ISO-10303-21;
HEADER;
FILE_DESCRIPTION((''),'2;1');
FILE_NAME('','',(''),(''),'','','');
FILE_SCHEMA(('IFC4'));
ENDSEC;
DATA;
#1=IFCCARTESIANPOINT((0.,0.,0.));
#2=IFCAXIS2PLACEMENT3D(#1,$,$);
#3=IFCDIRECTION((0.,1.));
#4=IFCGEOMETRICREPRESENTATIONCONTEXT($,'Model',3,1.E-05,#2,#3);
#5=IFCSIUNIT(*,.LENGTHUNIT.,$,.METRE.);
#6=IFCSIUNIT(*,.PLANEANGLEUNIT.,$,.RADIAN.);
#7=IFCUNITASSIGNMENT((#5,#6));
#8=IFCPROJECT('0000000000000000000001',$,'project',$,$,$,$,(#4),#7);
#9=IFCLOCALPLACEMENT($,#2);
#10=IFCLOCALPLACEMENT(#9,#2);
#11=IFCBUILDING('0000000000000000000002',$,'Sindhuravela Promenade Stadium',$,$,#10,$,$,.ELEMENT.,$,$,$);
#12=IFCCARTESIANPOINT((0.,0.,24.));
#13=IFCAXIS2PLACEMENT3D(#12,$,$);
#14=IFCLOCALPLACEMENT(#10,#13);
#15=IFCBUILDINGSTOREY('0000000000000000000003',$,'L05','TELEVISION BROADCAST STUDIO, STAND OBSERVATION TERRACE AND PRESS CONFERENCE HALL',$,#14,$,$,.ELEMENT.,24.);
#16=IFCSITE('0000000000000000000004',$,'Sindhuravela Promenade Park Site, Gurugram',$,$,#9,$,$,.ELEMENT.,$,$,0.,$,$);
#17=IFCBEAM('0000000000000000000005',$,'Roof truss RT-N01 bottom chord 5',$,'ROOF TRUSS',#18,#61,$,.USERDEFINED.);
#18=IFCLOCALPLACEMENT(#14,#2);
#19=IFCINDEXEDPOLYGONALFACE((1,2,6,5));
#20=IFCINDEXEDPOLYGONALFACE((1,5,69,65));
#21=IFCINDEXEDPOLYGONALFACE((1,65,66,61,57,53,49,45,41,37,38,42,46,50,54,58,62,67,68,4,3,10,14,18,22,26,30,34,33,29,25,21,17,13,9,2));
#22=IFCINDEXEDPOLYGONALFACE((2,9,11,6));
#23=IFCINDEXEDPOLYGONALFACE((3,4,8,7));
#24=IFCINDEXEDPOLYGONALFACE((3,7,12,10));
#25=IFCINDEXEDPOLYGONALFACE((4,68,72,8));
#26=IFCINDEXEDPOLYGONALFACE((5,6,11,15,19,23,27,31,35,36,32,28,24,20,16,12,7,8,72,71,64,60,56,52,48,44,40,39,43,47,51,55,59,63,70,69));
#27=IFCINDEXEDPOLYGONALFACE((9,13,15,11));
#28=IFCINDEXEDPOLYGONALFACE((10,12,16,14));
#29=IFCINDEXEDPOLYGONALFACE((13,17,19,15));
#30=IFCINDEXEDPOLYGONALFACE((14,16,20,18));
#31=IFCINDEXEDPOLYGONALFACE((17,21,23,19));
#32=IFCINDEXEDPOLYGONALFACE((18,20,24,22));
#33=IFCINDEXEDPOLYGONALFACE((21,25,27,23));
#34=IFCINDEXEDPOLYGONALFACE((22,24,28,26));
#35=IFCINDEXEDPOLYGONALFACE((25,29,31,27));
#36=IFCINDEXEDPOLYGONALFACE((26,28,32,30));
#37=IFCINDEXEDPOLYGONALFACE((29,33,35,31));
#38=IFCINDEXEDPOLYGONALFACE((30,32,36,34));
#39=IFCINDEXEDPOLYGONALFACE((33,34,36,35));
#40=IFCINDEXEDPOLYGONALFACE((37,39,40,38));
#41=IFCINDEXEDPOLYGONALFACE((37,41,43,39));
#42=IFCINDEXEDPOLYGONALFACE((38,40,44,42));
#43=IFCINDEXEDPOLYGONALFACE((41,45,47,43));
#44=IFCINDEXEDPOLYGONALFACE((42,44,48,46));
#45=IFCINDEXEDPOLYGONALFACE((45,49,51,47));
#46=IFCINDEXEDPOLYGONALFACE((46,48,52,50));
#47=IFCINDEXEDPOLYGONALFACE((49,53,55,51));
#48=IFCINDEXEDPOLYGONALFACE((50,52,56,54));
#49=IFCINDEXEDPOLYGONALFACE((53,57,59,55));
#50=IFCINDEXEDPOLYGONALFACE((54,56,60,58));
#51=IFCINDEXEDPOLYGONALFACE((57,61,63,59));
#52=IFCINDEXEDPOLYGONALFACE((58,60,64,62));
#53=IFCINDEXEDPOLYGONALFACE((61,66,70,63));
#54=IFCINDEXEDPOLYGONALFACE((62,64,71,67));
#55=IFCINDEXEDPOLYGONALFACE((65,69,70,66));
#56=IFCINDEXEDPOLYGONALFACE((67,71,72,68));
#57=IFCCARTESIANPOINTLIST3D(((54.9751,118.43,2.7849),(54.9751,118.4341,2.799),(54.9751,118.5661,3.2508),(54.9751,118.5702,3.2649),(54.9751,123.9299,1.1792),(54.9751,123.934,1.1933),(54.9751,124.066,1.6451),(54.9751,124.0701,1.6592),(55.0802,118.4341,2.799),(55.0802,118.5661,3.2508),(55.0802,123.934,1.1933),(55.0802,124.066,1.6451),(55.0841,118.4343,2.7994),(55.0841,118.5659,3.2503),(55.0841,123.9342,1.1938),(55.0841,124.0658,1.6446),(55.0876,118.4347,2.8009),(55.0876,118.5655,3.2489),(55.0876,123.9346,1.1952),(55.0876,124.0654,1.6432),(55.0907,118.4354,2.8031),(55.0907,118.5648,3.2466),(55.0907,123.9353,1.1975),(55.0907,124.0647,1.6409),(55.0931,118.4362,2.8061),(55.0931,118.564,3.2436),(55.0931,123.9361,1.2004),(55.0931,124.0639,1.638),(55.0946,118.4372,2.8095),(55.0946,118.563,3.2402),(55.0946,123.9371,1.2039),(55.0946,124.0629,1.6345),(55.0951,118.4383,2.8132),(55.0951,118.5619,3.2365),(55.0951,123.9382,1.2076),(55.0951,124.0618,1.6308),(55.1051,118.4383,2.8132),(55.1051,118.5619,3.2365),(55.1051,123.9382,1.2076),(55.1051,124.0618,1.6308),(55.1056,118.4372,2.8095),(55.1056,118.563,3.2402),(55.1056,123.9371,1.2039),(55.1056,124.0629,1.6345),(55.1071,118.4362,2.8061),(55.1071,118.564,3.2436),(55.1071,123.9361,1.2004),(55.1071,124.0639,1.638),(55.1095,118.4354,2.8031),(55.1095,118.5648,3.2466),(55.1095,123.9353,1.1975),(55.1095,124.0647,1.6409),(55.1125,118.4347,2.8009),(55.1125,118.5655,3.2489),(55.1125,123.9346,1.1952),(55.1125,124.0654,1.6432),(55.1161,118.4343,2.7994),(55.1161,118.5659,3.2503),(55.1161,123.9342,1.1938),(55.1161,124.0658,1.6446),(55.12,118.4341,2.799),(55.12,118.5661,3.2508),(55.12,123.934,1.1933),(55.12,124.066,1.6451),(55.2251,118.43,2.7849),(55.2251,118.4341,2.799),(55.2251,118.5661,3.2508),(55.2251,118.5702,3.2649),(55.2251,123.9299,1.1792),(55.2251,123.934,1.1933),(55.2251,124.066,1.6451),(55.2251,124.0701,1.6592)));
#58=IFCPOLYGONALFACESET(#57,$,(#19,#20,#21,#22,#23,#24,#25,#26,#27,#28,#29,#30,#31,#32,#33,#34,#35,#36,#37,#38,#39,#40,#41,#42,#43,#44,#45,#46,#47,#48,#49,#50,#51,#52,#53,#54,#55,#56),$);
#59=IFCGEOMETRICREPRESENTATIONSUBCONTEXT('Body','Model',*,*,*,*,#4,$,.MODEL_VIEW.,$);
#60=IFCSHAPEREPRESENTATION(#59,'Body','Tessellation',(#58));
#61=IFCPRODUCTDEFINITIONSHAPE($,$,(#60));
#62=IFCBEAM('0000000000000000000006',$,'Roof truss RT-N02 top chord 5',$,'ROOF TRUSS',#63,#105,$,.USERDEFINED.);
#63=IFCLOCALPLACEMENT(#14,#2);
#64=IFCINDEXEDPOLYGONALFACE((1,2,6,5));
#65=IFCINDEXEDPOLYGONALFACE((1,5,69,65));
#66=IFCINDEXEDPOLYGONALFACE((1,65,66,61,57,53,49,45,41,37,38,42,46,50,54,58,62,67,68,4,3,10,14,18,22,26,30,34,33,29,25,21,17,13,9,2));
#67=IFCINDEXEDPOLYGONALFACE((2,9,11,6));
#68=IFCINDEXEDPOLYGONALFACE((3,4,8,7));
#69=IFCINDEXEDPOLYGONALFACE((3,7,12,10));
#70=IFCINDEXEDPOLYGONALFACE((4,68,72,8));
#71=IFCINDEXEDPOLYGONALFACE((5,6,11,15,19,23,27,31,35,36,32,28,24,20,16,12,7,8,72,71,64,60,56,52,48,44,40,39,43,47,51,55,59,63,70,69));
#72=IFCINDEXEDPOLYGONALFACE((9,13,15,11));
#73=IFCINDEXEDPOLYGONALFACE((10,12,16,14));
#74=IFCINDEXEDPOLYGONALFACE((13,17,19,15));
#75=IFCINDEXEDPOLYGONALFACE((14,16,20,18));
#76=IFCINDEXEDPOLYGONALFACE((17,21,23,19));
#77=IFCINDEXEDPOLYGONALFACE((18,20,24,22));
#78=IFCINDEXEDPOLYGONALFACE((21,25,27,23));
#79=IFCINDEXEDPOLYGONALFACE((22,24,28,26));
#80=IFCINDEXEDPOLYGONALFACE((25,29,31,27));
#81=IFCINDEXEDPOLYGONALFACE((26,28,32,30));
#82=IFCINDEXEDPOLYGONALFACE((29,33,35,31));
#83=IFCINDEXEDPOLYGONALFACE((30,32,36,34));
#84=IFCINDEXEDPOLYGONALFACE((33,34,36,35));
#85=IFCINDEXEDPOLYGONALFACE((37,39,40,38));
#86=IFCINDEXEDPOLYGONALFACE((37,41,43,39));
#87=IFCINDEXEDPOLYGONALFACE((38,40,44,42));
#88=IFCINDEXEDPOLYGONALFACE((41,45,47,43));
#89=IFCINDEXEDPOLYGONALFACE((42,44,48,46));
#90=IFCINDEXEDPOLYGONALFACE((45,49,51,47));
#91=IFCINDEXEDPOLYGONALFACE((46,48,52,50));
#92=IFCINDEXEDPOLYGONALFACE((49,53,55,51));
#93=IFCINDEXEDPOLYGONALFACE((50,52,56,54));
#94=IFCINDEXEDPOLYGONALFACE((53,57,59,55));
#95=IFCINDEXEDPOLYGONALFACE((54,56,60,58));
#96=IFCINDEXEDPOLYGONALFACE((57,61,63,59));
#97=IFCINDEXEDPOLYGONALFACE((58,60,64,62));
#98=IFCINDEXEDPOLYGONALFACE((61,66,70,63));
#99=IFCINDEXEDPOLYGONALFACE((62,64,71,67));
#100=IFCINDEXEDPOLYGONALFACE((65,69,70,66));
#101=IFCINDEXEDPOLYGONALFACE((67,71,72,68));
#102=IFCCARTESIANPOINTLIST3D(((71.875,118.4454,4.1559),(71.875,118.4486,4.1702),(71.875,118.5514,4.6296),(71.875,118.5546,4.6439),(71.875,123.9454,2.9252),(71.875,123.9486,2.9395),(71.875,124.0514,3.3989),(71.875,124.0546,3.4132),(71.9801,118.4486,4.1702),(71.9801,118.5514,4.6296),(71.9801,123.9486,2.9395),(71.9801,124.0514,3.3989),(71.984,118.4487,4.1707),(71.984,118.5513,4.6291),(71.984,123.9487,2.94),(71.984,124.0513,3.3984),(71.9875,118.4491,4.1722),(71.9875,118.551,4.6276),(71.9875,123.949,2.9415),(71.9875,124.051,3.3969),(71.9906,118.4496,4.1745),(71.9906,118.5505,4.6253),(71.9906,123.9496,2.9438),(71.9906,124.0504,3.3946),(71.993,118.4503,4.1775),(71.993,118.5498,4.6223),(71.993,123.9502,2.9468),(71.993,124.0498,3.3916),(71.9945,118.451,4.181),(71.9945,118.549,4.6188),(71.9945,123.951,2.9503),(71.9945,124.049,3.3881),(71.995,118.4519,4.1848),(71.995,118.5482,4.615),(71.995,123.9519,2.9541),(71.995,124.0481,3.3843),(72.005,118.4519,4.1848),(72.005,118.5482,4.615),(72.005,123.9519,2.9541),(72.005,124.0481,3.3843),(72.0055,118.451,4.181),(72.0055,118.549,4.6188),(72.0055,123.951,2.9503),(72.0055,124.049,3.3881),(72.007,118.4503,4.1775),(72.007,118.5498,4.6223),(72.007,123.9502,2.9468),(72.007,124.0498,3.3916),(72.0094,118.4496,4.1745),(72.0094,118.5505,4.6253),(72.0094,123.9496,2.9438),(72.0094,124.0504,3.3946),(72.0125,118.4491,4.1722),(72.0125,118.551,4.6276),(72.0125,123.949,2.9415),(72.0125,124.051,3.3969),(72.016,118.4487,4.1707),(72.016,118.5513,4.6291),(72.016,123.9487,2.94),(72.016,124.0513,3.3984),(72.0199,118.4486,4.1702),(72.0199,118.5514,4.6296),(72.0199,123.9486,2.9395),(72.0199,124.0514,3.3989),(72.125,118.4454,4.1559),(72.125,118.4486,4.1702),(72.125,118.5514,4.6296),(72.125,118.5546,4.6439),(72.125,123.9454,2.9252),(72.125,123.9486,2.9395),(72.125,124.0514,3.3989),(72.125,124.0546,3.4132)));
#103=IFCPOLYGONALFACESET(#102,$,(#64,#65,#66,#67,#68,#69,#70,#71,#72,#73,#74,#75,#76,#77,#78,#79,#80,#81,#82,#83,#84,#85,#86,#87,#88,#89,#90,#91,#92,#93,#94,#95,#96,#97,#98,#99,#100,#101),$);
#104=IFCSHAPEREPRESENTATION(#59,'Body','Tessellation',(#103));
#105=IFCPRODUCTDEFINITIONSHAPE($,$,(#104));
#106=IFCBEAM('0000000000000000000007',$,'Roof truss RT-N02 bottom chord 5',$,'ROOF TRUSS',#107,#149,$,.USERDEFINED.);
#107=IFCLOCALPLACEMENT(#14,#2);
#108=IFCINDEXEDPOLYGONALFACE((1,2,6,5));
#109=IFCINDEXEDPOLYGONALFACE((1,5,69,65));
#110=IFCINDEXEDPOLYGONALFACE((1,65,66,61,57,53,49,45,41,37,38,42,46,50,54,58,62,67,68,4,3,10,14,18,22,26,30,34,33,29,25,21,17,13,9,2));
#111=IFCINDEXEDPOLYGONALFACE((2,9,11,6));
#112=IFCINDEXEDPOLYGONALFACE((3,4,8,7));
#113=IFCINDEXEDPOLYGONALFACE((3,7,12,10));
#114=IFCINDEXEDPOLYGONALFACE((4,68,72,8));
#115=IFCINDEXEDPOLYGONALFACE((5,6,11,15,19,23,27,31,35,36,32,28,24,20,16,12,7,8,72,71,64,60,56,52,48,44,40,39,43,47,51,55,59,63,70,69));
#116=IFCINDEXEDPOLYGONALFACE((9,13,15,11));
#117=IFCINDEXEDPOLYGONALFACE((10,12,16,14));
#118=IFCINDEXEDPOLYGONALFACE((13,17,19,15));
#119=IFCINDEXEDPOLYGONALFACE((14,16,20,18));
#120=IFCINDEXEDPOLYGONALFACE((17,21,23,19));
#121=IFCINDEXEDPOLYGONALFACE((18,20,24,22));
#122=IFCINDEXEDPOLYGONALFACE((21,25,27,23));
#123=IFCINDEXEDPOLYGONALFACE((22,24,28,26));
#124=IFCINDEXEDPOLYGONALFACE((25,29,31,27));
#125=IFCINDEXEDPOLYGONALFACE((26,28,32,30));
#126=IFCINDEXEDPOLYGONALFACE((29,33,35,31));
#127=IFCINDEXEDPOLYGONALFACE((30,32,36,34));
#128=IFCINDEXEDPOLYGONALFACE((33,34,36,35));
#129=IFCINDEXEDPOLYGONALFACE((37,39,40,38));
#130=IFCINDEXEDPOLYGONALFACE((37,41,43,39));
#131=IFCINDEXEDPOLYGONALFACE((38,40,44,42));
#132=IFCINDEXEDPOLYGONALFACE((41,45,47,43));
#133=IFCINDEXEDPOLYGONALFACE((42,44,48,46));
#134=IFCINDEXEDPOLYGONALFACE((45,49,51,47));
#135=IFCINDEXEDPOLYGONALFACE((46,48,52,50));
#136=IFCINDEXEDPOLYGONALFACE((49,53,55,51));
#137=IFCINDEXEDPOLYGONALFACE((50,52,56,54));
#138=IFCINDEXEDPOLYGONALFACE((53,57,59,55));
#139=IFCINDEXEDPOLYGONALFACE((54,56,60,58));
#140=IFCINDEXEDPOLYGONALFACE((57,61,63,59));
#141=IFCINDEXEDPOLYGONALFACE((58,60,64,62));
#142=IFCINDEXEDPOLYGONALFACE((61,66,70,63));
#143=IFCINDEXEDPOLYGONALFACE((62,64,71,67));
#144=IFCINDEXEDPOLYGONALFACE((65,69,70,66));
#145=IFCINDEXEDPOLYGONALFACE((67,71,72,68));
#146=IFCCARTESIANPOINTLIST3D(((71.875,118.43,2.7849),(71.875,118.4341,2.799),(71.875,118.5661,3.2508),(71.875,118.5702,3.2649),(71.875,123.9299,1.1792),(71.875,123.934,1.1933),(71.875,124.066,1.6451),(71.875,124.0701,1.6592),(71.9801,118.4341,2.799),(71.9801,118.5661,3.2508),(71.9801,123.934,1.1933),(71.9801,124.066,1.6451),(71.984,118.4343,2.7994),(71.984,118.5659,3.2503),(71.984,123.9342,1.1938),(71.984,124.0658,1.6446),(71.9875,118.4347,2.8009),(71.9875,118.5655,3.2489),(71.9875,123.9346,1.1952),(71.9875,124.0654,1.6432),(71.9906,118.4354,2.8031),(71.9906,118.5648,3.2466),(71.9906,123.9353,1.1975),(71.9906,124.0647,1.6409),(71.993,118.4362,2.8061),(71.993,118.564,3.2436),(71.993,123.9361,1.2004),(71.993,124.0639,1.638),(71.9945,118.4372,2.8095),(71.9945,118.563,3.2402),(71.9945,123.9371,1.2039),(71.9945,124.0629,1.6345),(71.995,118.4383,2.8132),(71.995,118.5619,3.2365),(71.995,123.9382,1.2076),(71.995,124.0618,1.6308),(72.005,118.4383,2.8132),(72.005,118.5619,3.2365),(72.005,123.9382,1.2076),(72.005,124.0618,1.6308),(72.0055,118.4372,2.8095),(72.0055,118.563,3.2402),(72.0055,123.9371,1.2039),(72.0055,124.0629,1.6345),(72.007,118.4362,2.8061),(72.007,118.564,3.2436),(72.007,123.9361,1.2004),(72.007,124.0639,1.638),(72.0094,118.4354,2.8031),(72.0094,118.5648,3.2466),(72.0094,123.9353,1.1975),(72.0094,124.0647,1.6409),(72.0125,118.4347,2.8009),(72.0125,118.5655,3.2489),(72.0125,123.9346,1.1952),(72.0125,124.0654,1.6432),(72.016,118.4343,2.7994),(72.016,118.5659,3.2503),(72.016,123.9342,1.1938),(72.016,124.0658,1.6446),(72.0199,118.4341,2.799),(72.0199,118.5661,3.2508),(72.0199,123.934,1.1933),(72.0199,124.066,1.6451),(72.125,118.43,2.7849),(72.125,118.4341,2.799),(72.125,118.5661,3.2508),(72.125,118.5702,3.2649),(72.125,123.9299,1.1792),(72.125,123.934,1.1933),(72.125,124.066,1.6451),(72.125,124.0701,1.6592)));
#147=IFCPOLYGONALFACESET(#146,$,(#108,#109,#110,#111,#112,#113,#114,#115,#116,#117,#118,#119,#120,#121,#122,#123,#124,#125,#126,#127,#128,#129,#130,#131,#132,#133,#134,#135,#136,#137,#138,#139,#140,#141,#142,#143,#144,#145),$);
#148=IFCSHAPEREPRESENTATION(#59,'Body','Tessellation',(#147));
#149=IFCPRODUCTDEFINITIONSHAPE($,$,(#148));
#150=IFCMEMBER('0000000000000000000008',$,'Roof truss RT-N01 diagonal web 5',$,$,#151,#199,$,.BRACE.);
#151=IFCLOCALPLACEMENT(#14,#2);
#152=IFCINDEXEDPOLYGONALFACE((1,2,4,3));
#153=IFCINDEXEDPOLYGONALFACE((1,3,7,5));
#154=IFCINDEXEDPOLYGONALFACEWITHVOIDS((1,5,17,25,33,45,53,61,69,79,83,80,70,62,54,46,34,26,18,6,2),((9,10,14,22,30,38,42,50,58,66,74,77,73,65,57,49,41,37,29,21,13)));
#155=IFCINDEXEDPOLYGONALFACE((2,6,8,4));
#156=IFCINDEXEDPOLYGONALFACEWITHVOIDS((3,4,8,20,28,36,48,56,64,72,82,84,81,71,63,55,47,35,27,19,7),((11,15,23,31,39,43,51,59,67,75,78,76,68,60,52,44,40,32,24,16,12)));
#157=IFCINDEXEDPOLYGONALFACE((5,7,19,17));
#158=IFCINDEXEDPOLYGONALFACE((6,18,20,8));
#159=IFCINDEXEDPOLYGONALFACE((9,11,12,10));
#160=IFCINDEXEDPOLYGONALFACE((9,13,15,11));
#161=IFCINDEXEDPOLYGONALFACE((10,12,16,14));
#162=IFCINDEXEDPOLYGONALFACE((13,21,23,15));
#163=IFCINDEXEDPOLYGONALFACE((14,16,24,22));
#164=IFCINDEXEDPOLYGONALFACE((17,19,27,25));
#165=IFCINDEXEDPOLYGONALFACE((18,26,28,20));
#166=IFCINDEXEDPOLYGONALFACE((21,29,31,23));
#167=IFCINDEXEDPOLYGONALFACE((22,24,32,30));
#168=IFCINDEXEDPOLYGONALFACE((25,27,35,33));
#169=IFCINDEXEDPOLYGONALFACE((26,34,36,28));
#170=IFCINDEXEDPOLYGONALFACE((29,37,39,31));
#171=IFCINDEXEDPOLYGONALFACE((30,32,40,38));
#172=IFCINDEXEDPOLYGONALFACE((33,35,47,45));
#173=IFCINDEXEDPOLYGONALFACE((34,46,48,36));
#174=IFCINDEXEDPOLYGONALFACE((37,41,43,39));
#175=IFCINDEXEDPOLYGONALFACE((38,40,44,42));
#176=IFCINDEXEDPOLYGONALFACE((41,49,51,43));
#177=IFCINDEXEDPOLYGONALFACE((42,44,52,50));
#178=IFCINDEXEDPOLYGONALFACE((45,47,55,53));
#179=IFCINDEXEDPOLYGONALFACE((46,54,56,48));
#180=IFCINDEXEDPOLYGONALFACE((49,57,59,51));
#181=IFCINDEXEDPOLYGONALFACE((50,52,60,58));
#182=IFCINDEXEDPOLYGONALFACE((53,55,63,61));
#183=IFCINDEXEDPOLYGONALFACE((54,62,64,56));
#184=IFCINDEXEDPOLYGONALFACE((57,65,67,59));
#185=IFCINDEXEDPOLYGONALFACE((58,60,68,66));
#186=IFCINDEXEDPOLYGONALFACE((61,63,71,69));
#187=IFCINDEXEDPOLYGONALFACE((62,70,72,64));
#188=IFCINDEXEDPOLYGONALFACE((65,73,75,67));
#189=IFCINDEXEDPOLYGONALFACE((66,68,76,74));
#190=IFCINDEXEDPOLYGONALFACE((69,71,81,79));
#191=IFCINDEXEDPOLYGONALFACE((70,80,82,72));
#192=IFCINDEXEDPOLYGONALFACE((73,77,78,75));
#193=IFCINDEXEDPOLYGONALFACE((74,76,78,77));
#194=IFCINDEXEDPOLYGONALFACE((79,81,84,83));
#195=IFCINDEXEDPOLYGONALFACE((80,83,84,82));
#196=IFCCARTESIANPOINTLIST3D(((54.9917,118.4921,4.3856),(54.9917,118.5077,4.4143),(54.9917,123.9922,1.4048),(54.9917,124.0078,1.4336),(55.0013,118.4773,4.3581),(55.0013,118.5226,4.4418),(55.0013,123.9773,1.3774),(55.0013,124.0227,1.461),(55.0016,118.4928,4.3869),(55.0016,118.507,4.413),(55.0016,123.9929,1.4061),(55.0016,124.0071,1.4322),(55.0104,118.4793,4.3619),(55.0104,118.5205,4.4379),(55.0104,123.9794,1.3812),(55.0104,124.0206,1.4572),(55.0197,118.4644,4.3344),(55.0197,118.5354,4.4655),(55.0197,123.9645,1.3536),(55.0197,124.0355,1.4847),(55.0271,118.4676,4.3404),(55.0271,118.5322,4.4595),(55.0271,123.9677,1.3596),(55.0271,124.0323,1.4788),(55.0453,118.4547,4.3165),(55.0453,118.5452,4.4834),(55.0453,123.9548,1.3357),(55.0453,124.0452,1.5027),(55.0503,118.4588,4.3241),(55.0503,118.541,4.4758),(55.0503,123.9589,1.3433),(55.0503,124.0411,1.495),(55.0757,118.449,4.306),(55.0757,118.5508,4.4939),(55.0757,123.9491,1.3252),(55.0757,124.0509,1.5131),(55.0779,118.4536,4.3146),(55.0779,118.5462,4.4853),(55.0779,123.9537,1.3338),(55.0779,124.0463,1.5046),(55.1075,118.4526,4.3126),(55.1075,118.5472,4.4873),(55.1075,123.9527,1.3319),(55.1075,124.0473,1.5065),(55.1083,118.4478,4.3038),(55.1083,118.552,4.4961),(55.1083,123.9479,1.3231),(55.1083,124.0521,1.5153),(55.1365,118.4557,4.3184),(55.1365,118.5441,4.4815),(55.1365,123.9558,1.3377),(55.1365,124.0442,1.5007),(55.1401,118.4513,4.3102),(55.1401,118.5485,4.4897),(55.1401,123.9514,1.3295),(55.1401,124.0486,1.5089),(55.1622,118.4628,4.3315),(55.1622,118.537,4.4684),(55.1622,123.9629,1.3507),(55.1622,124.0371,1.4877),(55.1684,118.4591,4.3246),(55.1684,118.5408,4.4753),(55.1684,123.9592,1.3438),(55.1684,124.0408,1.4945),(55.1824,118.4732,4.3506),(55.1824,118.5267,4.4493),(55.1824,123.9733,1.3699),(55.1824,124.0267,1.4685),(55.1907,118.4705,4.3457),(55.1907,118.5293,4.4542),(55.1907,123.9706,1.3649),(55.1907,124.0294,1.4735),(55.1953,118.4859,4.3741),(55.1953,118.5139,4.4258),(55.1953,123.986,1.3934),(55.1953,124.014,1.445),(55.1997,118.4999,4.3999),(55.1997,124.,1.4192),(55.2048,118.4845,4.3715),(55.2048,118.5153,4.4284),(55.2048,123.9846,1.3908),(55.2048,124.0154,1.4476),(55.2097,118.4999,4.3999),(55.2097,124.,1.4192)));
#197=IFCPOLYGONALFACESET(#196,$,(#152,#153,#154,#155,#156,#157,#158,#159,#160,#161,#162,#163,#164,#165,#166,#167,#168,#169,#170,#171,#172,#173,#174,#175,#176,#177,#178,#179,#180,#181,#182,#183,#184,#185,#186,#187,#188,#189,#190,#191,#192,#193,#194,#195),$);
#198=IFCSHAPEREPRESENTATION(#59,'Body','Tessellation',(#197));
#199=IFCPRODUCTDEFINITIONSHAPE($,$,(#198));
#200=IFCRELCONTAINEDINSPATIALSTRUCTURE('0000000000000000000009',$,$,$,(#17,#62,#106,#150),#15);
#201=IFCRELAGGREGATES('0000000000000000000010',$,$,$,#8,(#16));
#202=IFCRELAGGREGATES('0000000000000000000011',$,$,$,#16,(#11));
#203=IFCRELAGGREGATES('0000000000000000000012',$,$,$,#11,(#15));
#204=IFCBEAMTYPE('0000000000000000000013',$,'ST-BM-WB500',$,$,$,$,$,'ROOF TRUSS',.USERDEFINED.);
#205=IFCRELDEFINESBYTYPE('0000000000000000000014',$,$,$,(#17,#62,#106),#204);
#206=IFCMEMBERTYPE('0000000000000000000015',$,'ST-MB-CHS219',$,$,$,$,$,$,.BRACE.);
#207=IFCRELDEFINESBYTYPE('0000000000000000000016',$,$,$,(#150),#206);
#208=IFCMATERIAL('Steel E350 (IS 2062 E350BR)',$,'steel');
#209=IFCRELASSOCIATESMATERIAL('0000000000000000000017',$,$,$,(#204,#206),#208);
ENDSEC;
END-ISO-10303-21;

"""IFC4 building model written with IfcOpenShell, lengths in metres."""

from ifc_helpers import new_model, si_unit, direction, frame, origin, origin_2d, place, context, subcontext, project, spatial, hollow_circle, i_section, extrude, material, material_profile, profile_set, type_object, element, save


model = new_model("IFC4")

# Units and contexts
model_context = context("Model", 3, precision=1e-05, world=origin(), true_north=direction((0.0, 1.0)))
body_context = subcontext(model_context, "Body", "Model", "MODEL_VIEW")
ifc_project = project(units=[si_unit("LENGTHUNIT", "METRE"), si_unit("PLANEANGLEUNIT", "RADIAN")], contexts=[model_context])

# Site, building, storey
site_placement = place(None, origin())
site = spatial("IfcSite", under=ifc_project, at=site_placement, Name="Sindhuravela Promenade Park Site, Gurugram", CompositionType="ELEMENT", RefElevation=0.0)
building_placement = place(site_placement, origin())
building = spatial("IfcBuilding", under=site, at=building_placement, Name="Sindhuravela Promenade Stadium", CompositionType="ELEMENT")
storey_placement = place(building_placement, frame((0.0, 0.0, 24.0)))
storey = spatial("IfcBuildingStorey", under=building, at=storey_placement, Name="L05", Description="TELEVISION BROADCAST STUDIO, STAND OBSERVATION TERRACE AND PRESS CONFERENCE HALL", CompositionType="ELEMENT", Elevation=24.0)

# Beams
ifc_material_1 = material(Name="Steel E350 (IS 2062 E350BR)", Category="steel")
ifc_material_profile_1 = material_profile(ifc_material_1, i_section(OverallWidth=0.25, OverallDepth=0.5, WebThickness=0.01, FlangeThickness=0.0146, FilletRadius=0.0149, at=origin_2d()), Name="ISWB 500")
ifc_profile_set_1 = profile_set([ifc_material_profile_1], Name="Steel E350 (IS 2062 E350BR)")
beam_type_1 = type_object("IfcBeamType", Name="ST-BM-WB500", ElementType="ROOF TRUSS", PredefinedType="USERDEFINED", material=ifc_profile_set_1)
beam_1_placement = place(storey_placement, frame((55.1001, 124.0, 1.4192), z_axis=(0.0, -0.959927, 0.280249), x_axis=(1.0, 0.0, 0.0)))
element("IfcBeam", 1, at=beam_1_placement, inside=storey, type_object=beam_type_1, Name="Roof truss RT-N01 bottom chord 5", ObjectType="ROOF TRUSS", PredefinedType="USERDEFINED", context=body_context, shape_type="SweptSolid", body=[
    extrude(i_section(OverallWidth=0.25, OverallDepth=0.5, WebThickness=0.01, FlangeThickness=0.0146, FilletRadius=0.0149, at=origin_2d()), origin(), (0.0, 0.0, 1.0), 5.7295),
])
beam_2_placement = place(storey_placement, frame((72.0, 124.0, 3.1692), z_axis=(0.0, -0.975867, 0.218366), x_axis=(1.0, 0.0, 0.0)))
element("IfcBeam", 2, at=beam_2_placement, inside=storey, type_object=beam_type_1, Name="Roof truss RT-N02 top chord 5", ObjectType="ROOF TRUSS", PredefinedType="USERDEFINED", context=body_context, shape_type="SweptSolid", body=[
    extrude(i_section(OverallWidth=0.25, OverallDepth=0.5, WebThickness=0.01, FlangeThickness=0.0146, FilletRadius=0.0149, at=origin_2d()), origin(), (0.0, 0.0, 1.0), 5.636),
])
beam_3_placement = place(storey_placement, frame((72.0, 124.0, 1.4192), z_axis=(0.0, -0.959927, 0.280249), x_axis=(1.0, 0.0, 0.0)))
element("IfcBeam", 3, at=beam_3_placement, inside=storey, type_object=beam_type_1, Name="Roof truss RT-N02 bottom chord 5", ObjectType="ROOF TRUSS", PredefinedType="USERDEFINED", context=body_context, shape_type="SweptSolid", body=[
    extrude(i_section(OverallWidth=0.25, OverallDepth=0.5, WebThickness=0.01, FlangeThickness=0.0146, FilletRadius=0.0149, at=origin_2d()), origin(), (0.0, 0.0, 1.0), 5.7295),
])

# Member
ifc_material_profile_2 = material_profile(ifc_material_1, hollow_circle(Radius=0.1096, WallThickness=0.01, at=origin_2d()), Name="CHS 219.1x10")
ifc_profile_set_2 = profile_set([ifc_material_profile_2], Name="Steel E350 (IS 2062 E350BR)")
member_type_1 = type_object("IfcMemberType", Name="ST-MB-CHS219", PredefinedType="BRACE", material=ifc_profile_set_2)
member_1_placement = place(storey_placement, frame((55.1001, 124.0, 1.4192), z_axis=(0.0, -0.879188, 0.476474), x_axis=(1.0, 0.0, 0.0)))
element("IfcMember", 4, at=member_1_placement, inside=storey, type_object=member_type_1, Name="Roof truss RT-N01 diagonal web 5", PredefinedType="BRACE", context=body_context, shape_type="SweptSolid", body=[
    extrude(hollow_circle(Radius=0.1096, WallThickness=0.01, at=origin_2d()), origin(), (0.0, 0.0, 1.0), 6.2559),
])

save(model, "model.ifc")
